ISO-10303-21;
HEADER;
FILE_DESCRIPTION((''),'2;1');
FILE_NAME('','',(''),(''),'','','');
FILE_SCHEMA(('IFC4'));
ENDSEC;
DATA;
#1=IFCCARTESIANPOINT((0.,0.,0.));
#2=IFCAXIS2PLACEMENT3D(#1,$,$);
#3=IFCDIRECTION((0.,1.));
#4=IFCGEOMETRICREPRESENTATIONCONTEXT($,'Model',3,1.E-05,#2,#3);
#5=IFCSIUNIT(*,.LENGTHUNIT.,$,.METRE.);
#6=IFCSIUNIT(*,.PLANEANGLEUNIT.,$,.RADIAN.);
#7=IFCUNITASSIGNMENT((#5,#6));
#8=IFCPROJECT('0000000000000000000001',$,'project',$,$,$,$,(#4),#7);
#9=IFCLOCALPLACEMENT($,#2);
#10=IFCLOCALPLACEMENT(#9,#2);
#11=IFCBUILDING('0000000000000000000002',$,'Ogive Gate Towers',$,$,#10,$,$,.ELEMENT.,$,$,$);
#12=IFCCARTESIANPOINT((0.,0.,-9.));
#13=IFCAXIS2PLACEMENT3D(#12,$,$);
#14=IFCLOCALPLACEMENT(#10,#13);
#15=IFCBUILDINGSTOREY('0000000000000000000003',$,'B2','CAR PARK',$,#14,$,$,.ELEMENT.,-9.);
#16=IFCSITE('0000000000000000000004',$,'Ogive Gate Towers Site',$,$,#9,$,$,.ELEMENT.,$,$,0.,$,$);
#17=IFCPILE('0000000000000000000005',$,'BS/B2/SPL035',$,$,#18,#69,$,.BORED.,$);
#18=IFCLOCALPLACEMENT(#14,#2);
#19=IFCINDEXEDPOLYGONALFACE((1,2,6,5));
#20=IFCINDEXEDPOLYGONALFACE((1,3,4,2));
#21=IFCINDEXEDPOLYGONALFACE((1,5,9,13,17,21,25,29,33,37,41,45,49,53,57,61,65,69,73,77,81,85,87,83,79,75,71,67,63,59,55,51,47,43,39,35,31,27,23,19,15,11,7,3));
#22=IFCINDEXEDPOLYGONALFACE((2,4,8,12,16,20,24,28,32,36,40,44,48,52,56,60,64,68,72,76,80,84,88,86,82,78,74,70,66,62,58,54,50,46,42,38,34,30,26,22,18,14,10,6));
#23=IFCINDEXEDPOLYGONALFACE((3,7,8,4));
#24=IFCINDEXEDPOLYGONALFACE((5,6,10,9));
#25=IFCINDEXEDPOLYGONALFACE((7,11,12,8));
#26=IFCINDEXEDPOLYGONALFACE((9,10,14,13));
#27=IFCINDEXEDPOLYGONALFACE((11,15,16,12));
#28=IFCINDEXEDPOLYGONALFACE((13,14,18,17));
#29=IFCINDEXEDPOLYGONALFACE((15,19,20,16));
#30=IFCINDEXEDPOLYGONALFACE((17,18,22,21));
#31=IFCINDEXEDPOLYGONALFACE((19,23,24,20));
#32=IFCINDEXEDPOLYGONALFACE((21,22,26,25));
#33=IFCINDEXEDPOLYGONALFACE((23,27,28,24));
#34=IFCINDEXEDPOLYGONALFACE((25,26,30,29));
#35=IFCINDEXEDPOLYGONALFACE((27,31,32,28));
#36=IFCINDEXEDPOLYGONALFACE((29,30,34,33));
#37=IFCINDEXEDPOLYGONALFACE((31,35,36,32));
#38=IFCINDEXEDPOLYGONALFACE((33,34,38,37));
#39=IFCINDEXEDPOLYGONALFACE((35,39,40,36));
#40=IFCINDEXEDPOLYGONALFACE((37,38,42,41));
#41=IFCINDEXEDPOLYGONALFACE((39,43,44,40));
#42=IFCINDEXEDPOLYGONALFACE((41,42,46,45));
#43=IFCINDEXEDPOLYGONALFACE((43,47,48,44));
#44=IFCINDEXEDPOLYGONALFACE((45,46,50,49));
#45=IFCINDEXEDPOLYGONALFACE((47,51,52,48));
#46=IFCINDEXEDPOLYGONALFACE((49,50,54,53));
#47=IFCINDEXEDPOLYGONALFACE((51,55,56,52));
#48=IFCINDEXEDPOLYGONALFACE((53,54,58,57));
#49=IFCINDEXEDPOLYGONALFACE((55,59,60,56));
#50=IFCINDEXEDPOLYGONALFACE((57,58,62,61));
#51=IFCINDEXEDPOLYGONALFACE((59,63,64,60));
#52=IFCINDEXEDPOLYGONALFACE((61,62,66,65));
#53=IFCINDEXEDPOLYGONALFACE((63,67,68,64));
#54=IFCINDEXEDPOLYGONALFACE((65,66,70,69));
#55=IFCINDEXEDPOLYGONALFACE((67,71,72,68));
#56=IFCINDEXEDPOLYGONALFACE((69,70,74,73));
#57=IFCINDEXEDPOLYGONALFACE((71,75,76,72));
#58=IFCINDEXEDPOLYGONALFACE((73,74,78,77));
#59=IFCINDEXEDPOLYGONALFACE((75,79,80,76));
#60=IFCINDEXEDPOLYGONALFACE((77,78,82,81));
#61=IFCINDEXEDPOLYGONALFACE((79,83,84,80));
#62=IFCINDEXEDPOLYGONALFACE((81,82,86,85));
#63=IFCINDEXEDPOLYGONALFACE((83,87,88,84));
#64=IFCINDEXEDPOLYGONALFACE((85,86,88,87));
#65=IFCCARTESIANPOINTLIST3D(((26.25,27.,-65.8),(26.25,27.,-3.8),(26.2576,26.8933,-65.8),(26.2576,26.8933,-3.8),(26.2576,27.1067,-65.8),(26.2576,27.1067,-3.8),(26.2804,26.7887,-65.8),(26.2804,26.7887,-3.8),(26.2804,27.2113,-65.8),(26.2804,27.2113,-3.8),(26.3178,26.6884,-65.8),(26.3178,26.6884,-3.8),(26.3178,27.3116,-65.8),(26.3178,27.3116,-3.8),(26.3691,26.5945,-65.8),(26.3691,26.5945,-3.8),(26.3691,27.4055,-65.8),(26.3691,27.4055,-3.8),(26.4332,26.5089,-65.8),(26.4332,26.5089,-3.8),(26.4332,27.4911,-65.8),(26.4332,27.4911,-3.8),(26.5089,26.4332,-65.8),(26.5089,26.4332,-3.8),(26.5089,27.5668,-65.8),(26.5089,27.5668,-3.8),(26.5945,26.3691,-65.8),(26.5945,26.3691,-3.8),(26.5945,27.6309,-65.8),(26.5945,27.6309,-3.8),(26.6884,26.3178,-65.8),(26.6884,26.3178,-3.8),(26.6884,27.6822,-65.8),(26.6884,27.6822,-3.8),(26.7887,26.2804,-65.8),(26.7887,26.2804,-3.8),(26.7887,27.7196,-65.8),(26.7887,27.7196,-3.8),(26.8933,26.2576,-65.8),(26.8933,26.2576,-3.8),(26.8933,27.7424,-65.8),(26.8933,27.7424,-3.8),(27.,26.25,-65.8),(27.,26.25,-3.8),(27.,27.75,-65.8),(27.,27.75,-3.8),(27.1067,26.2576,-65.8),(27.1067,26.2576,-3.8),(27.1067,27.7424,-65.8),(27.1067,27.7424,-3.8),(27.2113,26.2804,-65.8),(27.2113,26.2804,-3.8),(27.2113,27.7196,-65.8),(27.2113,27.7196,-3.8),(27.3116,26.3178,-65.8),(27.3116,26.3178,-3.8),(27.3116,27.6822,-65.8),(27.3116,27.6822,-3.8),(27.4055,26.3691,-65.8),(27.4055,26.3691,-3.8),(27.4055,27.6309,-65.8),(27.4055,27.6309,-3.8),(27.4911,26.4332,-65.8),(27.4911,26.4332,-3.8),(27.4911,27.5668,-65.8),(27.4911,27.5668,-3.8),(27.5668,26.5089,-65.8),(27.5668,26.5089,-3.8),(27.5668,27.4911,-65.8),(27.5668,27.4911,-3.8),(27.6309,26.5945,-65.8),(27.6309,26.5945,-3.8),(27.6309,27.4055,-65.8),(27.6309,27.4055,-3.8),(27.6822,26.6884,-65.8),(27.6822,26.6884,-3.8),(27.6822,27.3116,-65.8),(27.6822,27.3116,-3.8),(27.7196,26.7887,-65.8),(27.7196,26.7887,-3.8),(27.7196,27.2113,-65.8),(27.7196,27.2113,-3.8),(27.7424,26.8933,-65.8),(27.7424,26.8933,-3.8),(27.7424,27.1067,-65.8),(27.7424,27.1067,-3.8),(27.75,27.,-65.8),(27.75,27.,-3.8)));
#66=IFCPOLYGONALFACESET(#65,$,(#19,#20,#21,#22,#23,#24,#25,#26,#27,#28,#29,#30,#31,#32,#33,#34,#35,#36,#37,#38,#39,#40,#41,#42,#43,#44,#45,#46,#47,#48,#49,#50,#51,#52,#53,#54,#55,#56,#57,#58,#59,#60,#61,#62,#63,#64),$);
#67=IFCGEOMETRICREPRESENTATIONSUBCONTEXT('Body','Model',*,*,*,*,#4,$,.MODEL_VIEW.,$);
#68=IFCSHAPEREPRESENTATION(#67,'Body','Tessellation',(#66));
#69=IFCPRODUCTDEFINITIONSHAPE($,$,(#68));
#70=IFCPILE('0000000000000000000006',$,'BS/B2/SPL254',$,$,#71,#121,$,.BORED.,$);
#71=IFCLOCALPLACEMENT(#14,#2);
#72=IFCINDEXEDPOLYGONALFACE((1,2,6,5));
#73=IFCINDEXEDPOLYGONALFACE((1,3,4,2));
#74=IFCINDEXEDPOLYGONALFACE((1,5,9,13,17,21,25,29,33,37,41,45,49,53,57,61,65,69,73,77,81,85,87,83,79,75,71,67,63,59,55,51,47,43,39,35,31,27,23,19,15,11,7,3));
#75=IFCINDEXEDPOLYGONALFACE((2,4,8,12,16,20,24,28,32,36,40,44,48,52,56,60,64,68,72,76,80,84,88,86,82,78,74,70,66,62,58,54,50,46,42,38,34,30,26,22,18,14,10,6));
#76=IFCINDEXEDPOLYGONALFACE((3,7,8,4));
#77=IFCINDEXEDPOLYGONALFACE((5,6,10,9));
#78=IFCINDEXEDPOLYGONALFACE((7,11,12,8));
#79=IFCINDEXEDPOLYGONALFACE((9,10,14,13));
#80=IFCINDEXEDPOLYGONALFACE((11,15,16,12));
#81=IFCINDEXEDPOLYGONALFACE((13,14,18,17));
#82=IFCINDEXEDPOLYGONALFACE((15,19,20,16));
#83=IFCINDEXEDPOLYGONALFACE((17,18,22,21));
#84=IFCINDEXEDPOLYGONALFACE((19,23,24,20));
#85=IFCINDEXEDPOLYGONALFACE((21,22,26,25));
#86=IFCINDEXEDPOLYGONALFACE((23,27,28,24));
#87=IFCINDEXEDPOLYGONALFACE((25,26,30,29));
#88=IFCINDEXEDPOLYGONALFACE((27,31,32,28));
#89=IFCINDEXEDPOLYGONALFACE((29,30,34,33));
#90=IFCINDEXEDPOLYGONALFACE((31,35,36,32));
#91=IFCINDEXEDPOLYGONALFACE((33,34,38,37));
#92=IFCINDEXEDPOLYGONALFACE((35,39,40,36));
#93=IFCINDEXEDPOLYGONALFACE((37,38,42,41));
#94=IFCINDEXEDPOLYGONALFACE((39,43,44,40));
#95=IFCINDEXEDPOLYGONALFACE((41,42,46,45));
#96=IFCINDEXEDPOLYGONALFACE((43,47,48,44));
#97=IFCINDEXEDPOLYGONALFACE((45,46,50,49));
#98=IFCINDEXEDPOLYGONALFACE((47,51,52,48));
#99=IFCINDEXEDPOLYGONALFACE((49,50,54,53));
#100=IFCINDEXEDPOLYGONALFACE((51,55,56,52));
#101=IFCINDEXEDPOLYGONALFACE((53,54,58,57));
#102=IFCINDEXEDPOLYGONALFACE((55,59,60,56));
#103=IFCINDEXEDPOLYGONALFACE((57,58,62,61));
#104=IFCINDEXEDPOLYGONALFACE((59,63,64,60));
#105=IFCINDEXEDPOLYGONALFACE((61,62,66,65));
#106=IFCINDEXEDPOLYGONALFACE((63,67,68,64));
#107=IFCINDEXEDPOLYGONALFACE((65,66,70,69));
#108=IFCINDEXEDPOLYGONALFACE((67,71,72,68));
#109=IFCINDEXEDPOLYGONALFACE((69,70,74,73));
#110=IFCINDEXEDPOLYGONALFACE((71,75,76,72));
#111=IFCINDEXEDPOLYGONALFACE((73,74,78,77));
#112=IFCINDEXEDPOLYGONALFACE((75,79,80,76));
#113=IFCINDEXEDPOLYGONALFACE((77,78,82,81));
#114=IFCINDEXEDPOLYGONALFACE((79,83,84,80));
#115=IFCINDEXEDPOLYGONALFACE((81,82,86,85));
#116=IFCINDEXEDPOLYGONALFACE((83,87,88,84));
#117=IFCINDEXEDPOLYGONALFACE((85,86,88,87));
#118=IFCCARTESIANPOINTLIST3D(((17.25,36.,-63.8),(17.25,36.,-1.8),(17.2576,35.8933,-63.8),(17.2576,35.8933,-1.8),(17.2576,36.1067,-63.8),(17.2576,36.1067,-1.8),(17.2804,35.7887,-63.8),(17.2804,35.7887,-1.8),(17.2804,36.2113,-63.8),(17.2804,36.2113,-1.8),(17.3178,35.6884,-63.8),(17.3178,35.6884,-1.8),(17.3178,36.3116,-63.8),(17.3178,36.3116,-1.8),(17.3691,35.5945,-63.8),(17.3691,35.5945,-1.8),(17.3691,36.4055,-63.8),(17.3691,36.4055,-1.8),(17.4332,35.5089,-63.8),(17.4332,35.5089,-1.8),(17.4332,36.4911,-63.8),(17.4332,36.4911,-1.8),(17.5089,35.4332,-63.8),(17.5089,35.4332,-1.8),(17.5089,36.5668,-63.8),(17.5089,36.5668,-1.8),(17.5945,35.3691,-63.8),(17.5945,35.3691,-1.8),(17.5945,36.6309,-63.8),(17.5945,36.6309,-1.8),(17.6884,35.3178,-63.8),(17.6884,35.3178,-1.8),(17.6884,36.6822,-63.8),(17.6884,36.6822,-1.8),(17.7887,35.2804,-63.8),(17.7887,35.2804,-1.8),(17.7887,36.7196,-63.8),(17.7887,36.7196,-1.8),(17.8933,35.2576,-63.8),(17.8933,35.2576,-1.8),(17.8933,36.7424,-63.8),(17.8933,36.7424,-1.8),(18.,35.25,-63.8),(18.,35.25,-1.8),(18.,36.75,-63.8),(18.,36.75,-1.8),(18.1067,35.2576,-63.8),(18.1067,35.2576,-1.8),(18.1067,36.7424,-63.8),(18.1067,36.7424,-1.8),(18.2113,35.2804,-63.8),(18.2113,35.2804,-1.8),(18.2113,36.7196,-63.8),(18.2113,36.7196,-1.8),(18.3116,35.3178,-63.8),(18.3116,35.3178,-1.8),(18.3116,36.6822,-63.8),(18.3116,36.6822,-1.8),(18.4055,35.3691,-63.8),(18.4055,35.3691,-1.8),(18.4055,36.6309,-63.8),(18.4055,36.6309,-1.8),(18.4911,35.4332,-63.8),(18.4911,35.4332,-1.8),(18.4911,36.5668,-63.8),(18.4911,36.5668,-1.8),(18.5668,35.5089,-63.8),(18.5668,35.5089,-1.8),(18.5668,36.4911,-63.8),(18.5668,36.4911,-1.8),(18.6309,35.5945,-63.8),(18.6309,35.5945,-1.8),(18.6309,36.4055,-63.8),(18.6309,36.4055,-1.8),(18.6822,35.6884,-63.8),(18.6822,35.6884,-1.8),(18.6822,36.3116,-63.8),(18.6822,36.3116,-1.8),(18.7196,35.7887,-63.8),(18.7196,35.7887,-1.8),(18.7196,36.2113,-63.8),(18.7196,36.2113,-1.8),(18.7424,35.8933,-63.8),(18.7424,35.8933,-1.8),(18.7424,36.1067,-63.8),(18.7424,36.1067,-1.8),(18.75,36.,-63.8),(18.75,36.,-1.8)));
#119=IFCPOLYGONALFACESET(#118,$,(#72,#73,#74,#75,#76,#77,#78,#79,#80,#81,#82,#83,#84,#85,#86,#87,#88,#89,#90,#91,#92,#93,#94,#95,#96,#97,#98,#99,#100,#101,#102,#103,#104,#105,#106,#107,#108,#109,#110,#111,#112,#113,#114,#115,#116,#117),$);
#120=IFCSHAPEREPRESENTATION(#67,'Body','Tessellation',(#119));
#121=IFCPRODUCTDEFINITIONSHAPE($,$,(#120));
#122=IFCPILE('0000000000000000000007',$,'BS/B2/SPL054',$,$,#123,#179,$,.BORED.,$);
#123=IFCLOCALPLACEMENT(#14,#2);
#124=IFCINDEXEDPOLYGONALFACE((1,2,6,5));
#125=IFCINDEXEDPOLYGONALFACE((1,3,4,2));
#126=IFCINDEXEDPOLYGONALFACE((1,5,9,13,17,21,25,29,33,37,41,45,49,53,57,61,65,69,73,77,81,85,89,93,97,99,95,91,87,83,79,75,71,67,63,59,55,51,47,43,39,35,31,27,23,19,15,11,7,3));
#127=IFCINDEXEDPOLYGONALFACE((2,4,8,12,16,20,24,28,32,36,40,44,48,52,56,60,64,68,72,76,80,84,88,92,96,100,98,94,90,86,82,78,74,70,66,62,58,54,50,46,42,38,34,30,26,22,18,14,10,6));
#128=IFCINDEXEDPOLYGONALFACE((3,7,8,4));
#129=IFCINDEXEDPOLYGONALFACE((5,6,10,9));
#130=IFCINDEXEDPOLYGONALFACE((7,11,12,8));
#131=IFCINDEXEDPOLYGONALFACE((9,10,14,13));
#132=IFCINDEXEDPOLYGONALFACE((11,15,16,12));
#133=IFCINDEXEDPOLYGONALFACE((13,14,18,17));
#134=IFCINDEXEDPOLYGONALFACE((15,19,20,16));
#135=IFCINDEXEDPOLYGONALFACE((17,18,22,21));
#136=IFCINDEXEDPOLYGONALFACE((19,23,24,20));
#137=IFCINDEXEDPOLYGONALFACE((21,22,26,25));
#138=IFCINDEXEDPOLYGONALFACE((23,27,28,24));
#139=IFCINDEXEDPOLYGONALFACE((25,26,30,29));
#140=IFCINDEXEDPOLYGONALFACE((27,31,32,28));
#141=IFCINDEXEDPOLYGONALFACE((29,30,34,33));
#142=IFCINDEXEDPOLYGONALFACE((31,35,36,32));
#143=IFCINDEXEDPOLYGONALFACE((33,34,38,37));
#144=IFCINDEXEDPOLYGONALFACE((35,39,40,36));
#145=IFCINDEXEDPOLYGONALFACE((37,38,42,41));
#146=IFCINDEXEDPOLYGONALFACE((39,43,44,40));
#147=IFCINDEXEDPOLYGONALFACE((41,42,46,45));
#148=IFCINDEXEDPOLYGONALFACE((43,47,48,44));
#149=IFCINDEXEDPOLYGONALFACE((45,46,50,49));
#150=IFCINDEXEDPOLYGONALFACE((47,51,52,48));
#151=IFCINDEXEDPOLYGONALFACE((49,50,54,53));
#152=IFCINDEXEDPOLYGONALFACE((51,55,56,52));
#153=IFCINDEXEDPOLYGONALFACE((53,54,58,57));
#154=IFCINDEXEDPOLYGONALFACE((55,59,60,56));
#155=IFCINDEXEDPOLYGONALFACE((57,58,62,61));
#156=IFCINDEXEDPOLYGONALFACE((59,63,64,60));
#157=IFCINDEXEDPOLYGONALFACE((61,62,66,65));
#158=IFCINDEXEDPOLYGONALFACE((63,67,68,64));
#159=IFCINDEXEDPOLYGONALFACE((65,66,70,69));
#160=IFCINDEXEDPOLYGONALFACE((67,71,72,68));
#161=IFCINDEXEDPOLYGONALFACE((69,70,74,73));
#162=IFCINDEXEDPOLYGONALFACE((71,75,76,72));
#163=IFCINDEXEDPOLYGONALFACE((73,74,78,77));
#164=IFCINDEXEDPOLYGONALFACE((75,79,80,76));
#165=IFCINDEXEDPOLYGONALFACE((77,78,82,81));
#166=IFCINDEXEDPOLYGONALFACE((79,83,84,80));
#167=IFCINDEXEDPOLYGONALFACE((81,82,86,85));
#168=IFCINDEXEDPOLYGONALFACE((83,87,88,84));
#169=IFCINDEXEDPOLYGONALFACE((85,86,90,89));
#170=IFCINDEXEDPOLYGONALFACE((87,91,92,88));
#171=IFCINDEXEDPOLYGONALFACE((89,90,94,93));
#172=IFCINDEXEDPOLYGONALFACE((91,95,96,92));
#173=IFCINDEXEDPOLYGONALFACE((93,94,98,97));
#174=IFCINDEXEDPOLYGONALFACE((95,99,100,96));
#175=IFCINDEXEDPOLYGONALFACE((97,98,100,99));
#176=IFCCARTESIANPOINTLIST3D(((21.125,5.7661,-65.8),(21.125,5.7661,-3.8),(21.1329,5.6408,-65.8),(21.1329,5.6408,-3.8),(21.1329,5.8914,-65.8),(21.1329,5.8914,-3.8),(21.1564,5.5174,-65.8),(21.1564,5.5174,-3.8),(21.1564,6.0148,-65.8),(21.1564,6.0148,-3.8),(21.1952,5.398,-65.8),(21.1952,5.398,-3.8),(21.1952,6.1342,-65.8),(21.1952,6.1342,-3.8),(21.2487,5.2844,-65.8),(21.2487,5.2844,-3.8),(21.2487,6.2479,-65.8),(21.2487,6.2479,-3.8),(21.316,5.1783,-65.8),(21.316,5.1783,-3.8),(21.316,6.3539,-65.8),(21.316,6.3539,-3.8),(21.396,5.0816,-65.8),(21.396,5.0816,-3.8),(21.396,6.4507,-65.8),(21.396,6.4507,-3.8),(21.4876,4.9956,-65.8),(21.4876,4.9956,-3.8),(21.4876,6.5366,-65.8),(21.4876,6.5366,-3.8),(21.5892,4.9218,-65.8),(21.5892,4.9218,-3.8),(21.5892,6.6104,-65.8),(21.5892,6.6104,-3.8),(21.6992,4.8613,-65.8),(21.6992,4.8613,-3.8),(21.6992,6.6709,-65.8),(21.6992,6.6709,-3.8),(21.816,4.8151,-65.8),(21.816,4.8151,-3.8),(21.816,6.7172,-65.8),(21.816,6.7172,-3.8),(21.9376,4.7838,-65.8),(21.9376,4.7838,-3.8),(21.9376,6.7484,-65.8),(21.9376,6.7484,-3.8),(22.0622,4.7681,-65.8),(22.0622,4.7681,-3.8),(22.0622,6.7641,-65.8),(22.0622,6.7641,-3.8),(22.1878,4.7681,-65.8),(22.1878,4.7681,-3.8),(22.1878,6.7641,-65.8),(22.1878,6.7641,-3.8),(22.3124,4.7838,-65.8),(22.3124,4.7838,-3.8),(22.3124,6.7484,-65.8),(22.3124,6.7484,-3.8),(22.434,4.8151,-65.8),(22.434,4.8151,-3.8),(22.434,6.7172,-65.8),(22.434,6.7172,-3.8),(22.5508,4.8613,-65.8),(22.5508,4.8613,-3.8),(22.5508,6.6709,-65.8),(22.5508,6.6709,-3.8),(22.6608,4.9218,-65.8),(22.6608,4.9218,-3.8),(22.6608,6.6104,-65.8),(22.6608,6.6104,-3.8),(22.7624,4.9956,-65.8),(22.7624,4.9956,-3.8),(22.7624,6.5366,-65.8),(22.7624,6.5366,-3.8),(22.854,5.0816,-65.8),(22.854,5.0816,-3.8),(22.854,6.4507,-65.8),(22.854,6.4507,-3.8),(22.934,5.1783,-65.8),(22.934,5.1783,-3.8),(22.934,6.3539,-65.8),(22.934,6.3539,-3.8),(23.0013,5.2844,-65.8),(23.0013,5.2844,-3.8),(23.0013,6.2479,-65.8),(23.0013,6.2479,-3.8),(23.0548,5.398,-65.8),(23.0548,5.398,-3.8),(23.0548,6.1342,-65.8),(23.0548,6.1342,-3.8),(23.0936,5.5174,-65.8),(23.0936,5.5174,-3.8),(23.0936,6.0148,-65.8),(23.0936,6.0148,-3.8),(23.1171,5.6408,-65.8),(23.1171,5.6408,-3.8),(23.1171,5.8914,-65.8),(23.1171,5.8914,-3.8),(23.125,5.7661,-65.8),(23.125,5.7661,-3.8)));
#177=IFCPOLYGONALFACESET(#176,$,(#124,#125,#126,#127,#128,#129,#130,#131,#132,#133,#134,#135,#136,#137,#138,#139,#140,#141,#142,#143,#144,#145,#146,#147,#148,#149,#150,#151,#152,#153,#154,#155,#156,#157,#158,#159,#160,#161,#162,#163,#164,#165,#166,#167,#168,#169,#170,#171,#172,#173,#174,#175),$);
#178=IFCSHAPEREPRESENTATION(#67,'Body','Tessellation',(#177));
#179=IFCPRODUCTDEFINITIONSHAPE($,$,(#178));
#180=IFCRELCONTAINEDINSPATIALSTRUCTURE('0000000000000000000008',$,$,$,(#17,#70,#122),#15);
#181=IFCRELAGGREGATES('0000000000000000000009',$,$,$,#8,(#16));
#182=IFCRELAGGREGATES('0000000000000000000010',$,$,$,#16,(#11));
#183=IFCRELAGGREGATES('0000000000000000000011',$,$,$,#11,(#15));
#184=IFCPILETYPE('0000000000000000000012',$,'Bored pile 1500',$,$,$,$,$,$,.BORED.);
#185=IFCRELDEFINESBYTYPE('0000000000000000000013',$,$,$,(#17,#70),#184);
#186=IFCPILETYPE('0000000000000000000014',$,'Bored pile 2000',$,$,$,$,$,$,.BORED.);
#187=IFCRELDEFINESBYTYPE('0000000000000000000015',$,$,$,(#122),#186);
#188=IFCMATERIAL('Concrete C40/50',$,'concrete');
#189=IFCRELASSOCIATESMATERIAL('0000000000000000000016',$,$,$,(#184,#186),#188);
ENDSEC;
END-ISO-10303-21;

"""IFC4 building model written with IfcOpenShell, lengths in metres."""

from ifc_helpers import new_model, si_unit, direction, frame, origin, origin_2d, place, context, subcontext, project, spatial, circle, extrude, material, material_profile, profile_set, type_object, element, save


model = new_model("IFC4")

# Units and contexts
model_context = context("Model", 3, precision=1e-05, world=origin(), true_north=direction((0.0, 1.0)))
body_context = subcontext(model_context, "Body", "Model", "MODEL_VIEW")
ifc_project = project(units=[si_unit("LENGTHUNIT", "METRE"), si_unit("PLANEANGLEUNIT", "RADIAN")], contexts=[model_context])

# Site, building, storey
site_placement = place(None, origin())
site = spatial("IfcSite", under=ifc_project, at=site_placement, Name="Ogive Gate Towers Site", CompositionType="ELEMENT", RefElevation=0.0)
building_placement = place(site_placement, origin())
building = spatial("IfcBuilding", under=site, at=building_placement, Name="Ogive Gate Towers", CompositionType="ELEMENT")
storey_placement = place(building_placement, frame((0.0, 0.0, -9.0)))
storey = spatial("IfcBuildingStorey", under=building, at=storey_placement, Name="B2", Description="CAR PARK", CompositionType="ELEMENT", Elevation=-9.0)

# Piles
ifc_material_1 = material(Name="Concrete C40/50", Category="concrete")
ifc_material_profile_1 = material_profile(ifc_material_1, circle(Radius=0.75, at=origin_2d()), Name="BP 1500")
ifc_profile_set_1 = profile_set([ifc_material_profile_1], Name="Concrete C40/50")
pile_type_1 = type_object("IfcPileType", Name="Bored pile 1500", PredefinedType="BORED", material=ifc_profile_set_1)
for number, where, z_axis, x_axis, name in (
    (1, (27.0, 27.0, -3.8), (0.0, 0.0, -1.0), (1.0, 0.0, 0.0), "BS/B2/SPL035"),
    (2, (18.0, 36.0, -1.8), (0.0, 0.0, -1.0), (1.0, 0.0, 0.0), "BS/B2/SPL254"),
):
    element("IfcPile", number, at=place(storey_placement, frame(where, z_axis=z_axis, x_axis=x_axis)), inside=storey, type_object=pile_type_1, Name=name, PredefinedType="BORED", context=body_context, shape_type="SweptSolid", body=[
        extrude(circle(Radius=0.75, at=origin_2d()), origin(), (0.0, 0.0, 1.0), 62.0),
    ])
ifc_material_profile_2 = material_profile(ifc_material_1, circle(Radius=1.0, at=origin_2d()), Name="BP 2000")
ifc_profile_set_2 = profile_set([ifc_material_profile_2], Name="Concrete C40/50")
pile_type_2 = type_object("IfcPileType", Name="Bored pile 2000", PredefinedType="BORED", material=ifc_profile_set_2)
for number, where, z_axis, x_axis, name in (
    (3, (22.125, 5.7661, -3.8), (0.0, 0.0, -1.0), (1.0, 0.0, 0.0), "BS/B2/SPL054"),
):
    element("IfcPile", number, at=place(storey_placement, frame(where, z_axis=z_axis, x_axis=x_axis)), inside=storey, type_object=pile_type_2, Name=name, PredefinedType="BORED", context=body_context, shape_type="SweptSolid", body=[
        extrude(circle(Radius=1.0, at=origin_2d()), origin(), (0.0, 0.0, 1.0), 62.0),
    ])

save(model, "model.ifc")
